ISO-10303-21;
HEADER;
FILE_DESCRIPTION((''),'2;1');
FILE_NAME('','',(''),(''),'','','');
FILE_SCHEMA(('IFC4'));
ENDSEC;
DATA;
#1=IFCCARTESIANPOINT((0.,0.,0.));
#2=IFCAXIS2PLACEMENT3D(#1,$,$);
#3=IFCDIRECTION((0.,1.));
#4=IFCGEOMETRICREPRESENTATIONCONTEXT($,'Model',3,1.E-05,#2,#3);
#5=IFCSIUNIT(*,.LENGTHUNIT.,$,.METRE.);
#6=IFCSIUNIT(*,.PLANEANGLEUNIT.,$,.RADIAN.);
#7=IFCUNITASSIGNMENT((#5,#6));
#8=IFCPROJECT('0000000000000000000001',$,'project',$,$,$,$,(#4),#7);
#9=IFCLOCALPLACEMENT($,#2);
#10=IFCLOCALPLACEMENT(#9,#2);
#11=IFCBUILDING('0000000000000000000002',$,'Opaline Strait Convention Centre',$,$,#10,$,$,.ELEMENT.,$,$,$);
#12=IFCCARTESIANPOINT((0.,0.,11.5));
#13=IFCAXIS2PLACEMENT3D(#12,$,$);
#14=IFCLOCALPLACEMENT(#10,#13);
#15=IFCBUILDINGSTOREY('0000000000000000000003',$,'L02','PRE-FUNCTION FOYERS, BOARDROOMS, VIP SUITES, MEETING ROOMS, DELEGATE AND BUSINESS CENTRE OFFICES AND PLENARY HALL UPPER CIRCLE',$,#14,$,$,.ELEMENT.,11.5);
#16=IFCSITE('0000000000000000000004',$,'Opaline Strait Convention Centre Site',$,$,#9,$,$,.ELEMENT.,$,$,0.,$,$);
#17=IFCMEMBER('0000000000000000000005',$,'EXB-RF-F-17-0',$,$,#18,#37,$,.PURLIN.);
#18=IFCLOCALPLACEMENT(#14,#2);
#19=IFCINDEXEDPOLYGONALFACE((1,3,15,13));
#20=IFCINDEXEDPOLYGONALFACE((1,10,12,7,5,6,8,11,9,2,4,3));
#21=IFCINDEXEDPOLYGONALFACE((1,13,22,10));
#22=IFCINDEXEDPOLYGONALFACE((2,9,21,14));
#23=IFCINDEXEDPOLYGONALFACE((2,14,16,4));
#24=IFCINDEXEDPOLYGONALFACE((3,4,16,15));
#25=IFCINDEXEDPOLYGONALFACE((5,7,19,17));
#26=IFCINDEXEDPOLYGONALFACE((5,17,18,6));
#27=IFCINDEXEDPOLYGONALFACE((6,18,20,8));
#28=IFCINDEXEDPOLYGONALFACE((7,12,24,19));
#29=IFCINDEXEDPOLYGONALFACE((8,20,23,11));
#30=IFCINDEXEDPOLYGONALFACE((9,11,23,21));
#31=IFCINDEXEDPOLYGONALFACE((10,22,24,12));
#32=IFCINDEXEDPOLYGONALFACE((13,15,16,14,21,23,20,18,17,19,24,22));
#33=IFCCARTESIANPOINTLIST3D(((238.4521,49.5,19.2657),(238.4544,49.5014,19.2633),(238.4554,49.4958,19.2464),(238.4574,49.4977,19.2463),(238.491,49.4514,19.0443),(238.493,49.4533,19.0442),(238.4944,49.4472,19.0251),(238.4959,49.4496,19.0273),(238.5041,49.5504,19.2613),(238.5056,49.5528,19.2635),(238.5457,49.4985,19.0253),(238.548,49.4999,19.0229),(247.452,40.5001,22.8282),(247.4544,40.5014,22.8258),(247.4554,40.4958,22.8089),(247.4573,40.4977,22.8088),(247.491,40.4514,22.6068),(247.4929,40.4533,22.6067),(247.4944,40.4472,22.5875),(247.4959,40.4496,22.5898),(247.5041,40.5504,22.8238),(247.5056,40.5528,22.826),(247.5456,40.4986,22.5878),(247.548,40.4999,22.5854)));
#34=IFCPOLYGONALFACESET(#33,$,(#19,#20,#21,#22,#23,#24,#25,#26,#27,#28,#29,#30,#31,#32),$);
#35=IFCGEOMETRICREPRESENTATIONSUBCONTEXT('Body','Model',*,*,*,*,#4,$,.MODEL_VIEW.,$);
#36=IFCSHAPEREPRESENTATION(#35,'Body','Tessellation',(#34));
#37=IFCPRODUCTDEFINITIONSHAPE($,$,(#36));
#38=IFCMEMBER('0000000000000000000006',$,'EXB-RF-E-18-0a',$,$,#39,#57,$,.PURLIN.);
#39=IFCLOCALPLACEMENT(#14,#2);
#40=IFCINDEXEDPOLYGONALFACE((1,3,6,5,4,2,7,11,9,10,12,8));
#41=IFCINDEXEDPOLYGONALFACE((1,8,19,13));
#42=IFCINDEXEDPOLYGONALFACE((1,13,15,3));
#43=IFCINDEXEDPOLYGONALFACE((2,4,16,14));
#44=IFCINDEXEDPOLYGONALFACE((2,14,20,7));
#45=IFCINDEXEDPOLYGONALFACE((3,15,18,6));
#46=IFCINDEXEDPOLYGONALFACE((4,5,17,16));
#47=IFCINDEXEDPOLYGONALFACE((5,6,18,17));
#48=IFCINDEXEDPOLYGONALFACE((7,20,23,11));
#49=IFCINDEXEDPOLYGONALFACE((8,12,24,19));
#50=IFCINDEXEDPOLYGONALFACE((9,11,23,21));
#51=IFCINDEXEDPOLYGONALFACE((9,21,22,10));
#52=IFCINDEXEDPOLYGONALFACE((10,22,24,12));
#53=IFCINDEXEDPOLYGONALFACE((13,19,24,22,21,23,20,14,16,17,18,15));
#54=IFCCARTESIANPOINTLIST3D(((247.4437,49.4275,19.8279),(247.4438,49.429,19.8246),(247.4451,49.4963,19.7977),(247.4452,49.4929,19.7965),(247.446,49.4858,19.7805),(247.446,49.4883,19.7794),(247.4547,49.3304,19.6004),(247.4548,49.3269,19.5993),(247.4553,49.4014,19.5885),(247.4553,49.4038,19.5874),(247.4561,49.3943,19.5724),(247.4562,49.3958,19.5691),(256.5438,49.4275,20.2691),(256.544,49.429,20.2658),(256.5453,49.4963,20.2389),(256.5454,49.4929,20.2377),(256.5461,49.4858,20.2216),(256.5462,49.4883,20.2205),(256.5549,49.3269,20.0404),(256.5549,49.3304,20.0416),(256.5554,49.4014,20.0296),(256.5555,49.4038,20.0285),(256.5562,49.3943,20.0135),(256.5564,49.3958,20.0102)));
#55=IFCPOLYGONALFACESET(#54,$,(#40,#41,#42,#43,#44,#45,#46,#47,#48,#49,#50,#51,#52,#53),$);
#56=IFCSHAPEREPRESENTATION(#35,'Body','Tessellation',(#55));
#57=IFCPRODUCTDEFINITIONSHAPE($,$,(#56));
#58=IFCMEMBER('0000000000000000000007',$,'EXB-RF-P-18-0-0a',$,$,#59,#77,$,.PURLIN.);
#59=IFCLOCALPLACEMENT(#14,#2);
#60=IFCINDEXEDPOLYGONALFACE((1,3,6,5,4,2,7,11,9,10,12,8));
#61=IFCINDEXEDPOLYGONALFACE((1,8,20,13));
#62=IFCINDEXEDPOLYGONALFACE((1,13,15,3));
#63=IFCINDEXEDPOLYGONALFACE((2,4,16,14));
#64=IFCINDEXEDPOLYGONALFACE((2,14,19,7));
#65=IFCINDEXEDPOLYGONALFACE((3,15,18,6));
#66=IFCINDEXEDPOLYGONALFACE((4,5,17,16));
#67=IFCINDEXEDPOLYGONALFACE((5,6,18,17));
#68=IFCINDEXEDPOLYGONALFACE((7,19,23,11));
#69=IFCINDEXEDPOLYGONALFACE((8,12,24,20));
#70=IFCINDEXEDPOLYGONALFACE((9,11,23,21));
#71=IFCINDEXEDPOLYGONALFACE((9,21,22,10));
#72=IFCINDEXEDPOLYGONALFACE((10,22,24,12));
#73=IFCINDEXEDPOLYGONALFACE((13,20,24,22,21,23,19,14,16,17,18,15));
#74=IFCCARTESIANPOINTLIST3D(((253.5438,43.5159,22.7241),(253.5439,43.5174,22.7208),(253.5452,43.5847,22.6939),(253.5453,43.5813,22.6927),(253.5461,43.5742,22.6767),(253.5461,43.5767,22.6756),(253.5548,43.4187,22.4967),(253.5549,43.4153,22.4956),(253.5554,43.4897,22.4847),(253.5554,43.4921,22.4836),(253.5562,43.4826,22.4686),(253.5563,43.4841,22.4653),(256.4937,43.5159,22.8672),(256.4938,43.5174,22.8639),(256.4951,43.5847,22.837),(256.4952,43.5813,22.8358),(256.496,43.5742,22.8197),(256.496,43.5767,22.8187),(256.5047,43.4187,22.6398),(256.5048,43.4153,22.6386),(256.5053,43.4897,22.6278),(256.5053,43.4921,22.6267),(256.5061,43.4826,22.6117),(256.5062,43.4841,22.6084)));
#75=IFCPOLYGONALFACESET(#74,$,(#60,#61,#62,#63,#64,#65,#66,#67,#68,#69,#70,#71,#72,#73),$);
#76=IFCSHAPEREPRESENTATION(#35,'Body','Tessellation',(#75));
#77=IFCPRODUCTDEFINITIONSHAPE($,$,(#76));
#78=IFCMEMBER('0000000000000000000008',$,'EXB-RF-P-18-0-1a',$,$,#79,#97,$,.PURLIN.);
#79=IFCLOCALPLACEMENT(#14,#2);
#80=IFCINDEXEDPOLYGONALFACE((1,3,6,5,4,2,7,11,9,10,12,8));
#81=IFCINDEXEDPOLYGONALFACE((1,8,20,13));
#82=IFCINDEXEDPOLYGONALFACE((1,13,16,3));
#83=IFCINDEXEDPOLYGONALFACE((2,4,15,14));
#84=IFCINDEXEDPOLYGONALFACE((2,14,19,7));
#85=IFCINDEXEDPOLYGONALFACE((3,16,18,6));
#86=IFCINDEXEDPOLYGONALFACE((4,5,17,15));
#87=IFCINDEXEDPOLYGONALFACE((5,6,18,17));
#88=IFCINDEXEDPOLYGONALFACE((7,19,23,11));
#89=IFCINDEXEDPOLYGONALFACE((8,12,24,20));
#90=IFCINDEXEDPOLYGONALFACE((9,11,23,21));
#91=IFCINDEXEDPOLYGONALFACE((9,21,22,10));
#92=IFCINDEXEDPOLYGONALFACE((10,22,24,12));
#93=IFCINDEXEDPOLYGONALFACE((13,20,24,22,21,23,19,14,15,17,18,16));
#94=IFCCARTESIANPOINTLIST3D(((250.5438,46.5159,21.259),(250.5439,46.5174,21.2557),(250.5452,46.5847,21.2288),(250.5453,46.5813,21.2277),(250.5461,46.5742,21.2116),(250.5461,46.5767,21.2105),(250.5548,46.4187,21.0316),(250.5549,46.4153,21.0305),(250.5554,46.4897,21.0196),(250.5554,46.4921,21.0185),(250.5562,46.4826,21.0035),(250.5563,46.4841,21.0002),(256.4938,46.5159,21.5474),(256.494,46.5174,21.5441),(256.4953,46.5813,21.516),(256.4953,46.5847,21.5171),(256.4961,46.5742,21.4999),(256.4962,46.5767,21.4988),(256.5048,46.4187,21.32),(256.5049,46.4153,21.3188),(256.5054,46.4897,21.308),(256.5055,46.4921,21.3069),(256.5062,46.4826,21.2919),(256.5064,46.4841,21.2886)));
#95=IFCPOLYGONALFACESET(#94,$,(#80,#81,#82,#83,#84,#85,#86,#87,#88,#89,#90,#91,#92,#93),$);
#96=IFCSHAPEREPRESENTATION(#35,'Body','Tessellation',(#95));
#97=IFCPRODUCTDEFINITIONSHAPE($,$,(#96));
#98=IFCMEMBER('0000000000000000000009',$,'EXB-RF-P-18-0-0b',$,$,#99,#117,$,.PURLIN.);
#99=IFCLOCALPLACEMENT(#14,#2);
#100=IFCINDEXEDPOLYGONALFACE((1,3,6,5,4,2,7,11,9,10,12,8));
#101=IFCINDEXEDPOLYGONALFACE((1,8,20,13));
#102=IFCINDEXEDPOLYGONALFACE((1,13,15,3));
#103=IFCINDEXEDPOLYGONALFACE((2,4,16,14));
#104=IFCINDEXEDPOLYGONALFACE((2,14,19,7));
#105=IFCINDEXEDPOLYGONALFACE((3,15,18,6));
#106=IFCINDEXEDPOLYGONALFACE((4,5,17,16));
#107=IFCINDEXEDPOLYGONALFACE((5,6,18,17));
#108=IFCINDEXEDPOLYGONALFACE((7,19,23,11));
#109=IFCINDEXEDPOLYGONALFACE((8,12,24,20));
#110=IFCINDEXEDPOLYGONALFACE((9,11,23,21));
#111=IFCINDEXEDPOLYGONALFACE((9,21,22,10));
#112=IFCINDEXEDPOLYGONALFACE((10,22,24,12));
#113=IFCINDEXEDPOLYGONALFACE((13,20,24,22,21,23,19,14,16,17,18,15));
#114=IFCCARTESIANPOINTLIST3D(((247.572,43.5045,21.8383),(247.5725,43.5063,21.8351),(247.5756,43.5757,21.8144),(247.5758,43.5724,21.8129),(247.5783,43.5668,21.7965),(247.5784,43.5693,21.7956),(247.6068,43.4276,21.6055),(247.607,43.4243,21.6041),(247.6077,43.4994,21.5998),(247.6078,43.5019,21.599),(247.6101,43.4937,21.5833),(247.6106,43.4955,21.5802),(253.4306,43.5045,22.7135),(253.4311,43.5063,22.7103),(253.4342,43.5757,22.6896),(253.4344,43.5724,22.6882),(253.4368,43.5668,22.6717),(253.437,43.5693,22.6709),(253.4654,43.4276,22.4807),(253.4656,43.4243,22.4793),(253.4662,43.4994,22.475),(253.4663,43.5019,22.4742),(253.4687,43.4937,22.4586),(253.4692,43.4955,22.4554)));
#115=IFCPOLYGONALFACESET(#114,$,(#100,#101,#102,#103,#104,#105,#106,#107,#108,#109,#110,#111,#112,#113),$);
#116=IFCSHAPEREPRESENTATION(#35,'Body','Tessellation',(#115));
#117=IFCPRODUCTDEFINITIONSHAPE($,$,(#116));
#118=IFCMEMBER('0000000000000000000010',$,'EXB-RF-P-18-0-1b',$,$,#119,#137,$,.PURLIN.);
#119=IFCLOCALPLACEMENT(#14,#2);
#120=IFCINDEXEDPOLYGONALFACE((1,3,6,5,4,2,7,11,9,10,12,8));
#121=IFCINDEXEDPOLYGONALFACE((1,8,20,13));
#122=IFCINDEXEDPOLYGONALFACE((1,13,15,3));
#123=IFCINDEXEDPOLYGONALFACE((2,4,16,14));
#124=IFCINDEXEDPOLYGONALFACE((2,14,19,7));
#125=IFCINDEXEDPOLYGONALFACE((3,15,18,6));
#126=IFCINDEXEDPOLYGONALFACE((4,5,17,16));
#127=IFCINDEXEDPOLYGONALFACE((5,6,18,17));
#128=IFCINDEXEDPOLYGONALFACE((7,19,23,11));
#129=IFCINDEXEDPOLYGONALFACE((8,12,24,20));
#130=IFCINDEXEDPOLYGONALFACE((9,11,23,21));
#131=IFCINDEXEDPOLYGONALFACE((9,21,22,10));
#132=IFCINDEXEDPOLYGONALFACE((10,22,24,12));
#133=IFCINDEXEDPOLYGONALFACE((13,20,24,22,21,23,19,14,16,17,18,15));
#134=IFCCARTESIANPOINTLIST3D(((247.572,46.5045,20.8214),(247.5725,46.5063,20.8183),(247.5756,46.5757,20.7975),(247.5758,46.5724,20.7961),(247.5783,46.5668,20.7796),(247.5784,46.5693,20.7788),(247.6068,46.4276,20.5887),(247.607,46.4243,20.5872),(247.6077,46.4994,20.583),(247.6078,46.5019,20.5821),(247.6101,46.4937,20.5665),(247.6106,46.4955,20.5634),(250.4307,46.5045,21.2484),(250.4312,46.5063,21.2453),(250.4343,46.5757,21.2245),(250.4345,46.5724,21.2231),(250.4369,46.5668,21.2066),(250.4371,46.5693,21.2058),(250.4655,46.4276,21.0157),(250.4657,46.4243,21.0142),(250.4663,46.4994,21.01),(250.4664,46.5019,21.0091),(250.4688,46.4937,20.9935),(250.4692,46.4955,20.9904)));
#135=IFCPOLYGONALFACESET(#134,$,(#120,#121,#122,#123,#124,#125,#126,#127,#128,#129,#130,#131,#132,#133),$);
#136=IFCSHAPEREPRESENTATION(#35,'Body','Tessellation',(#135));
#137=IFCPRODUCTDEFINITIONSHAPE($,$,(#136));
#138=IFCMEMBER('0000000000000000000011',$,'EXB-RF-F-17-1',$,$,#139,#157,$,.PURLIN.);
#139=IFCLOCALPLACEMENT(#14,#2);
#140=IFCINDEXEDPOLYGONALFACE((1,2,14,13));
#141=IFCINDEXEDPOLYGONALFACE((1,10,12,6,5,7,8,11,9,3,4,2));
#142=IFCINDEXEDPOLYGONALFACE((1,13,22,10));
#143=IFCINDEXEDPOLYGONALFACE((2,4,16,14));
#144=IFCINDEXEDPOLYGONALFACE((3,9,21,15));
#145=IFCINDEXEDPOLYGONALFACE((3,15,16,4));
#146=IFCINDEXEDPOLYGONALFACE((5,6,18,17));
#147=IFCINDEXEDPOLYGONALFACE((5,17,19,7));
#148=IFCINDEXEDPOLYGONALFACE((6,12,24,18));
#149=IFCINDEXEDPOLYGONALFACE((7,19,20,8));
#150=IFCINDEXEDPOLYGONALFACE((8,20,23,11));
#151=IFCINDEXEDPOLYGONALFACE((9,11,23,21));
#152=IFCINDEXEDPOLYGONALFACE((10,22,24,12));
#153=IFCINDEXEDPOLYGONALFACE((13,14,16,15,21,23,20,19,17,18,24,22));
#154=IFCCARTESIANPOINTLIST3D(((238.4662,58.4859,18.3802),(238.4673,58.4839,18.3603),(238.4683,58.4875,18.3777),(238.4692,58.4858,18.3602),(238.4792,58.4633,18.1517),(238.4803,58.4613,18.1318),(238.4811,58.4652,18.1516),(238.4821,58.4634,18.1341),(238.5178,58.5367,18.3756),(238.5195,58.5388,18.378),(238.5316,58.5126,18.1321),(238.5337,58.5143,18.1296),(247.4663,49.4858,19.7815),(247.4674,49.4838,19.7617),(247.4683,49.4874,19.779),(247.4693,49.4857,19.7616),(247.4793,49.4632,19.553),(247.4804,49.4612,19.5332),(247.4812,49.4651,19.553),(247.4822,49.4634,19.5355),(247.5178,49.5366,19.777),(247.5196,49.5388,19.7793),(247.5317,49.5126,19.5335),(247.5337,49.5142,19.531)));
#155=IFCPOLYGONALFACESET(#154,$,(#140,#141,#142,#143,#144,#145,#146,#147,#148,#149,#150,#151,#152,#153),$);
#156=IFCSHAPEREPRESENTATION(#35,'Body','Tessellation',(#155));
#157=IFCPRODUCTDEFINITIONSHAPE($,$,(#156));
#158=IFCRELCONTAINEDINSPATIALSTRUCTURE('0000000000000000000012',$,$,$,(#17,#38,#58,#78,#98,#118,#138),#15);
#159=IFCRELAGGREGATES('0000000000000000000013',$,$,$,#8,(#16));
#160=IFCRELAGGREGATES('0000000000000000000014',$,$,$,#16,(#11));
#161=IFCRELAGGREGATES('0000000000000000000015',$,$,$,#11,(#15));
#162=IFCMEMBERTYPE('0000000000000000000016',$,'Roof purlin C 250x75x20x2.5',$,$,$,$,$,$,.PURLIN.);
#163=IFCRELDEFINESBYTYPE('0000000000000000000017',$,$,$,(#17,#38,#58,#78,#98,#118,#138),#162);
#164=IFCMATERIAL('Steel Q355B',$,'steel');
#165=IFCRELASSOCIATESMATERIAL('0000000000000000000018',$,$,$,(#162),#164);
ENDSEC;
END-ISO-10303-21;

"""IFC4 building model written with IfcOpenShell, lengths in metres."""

from ifc_helpers import new_model, si_unit, direction, frame, origin, place, context, subcontext, project, spatial, polyline, outline, extrude, material, material_profile, profile_set, type_object, element, save


model = new_model("IFC4")

# Units and contexts
model_context = context("Model", 3, precision=1e-05, world=origin(), true_north=direction((0.0, 1.0)))
body_context = subcontext(model_context, "Body", "Model", "MODEL_VIEW")
ifc_project = project(units=[si_unit("LENGTHUNIT", "METRE"), si_unit("PLANEANGLEUNIT", "RADIAN")], contexts=[model_context])

# Site, building, storey
site_placement = place(None, origin())
site = spatial("IfcSite", under=ifc_project, at=site_placement, Name="Opaline Strait Convention Centre Site", CompositionType="ELEMENT", RefElevation=0.0)
building_placement = place(site_placement, origin())
building = spatial("IfcBuilding", under=site, at=building_placement, Name="Opaline Strait Convention Centre", CompositionType="ELEMENT")
storey_placement = place(building_placement, frame((0.0, 0.0, 11.5)))
storey = spatial("IfcBuildingStorey", under=building, at=storey_placement, Name="L02", Description="PRE-FUNCTION FOYERS, BOARDROOMS, VIP SUITES, MEETING ROOMS, DELEGATE AND BUSINESS CENTRE OFFICES AND PLENARY HALL UPPER CIRCLE", CompositionType="ELEMENT", Elevation=11.5)

# Members
ifc_material_1 = material(Name="Steel Q355B", Category="steel")
ifc_material_profile_1 = material_profile(ifc_material_1, outline(polyline([(-0.0376, -0.125), (0.0376, -0.125), (0.0376, -0.105), (0.0349, -0.105), (0.0349, -0.1226), (-0.0349, -0.1226), (-0.0349, 0.1226), (0.0349, 0.1226), (0.0349, 0.105), (0.0376, 0.105), (0.0376, 0.125), (-0.0376, 0.125), (-0.0376, -0.125)])), Name="C 250x75x20x2.5")
ifc_profile_set_1 = profile_set([ifc_material_profile_1], Name="Steel Q355B")
member_type_1 = type_object("IfcMemberType", Name="Roof purlin C 250x75x20x2.5", PredefinedType="PURLIN", material=ifc_profile_set_1)
member_1_placement = place(storey_placement, frame((247.5, 40.5, 22.7068), z_axis=(-0.680937, 0.680937, -0.269537), x_axis=(-0.712454, -0.701136, 0.028595)))
element("IfcMember", 1, at=member_1_placement, inside=storey, type_object=member_type_1, Name="EXB-RF-F-17-0", PredefinedType="PURLIN", context=body_context, shape_type="SweptSolid", body=[
    extrude(outline(polyline([(-0.0376, -0.125), (0.0376, -0.125), (0.0376, -0.105), (0.0349, -0.105), (0.0349, -0.1226), (-0.0349, -0.1226), (-0.0349, 0.1226), (0.0349, 0.1226), (0.0349, 0.105), (0.0376, 0.105), (0.0376, 0.125), (-0.0376, 0.125), (-0.0376, -0.125)])), origin(), (0.0, 0.0, 1.0), 13.217),
])
member_2_placement = place(storey_placement, frame((247.45, 49.4116, 19.6985), z_axis=(0.998827, 0.0, 0.048422), x_axis=(0.019477, 0.915533, -0.401772)))
element("IfcMember", 2, at=member_2_placement, inside=storey, type_object=member_type_1, Name="EXB-RF-E-18-0a", PredefinedType="PURLIN", context=body_context, shape_type="SweptSolid", body=[
    extrude(outline(polyline([(-0.0376, -0.125), (0.0376, -0.125), (0.0376, -0.105), (0.0349, -0.105), (0.0349, -0.1226), (-0.0349, -0.1226), (-0.0349, 0.1226), (0.0349, 0.1226), (0.0349, 0.105), (0.0376, 0.105), (0.0376, 0.125), (-0.0376, 0.125), (-0.0376, -0.125)])), origin(), (0.0, 0.0, 1.0), 9.1108),
])
member_3_placement = place(storey_placement, frame((253.55, 43.5, 22.5947), z_axis=(0.998826, 0.0, 0.048441), x_axis=(0.019504, 0.915359, -0.402167)))
element("IfcMember", 3, at=member_3_placement, inside=storey, type_object=member_type_1, Name="EXB-RF-P-18-0-0a", PredefinedType="PURLIN", context=body_context, shape_type="SweptSolid", body=[
    extrude(outline(polyline([(-0.0376, -0.125), (0.0376, -0.125), (0.0376, -0.105), (0.0349, -0.105), (0.0349, -0.1226), (-0.0349, -0.1226), (-0.0349, 0.1226), (0.0349, 0.1226), (0.0349, 0.105), (0.0376, 0.105), (0.0376, 0.125), (-0.0376, 0.125), (-0.0376, -0.125)])), origin(), (0.0, 0.0, 1.0), 2.9534),
])
member_4_placement = place(storey_placement, frame((250.55, 46.5, 21.1296), z_axis=(0.998828, 0.0, 0.048402), x_axis=(0.019489, 0.915359, -0.402168)))
element("IfcMember", 4, at=member_4_placement, inside=storey, type_object=member_type_1, Name="EXB-RF-P-18-0-1a", PredefinedType="PURLIN", context=body_context, shape_type="SweptSolid", body=[
    extrude(outline(polyline([(-0.0376, -0.125), (0.0376, -0.125), (0.0376, -0.105), (0.0349, -0.105), (0.0349, -0.1226), (-0.0349, -0.1226), (-0.0349, 0.1226), (0.0349, 0.1226), (0.0349, 0.105), (0.0376, 0.105), (0.0376, 0.125), (-0.0376, 0.125), (-0.0376, -0.125)])), origin(), (0.0, 0.0, 1.0), 5.957),
])
member_5_placement = place(storey_placement, frame((247.5913, 43.5, 21.7092), z_axis=(0.989024, 0.0, 0.147754), x_axis=(0.047431, 0.947074, -0.317491)))
element("IfcMember", 5, at=member_5_placement, inside=storey, type_object=member_type_1, Name="EXB-RF-P-18-0-0b", PredefinedType="PURLIN", context=body_context, shape_type="SweptSolid", body=[
    extrude(outline(polyline([(-0.0376, -0.125), (0.0376, -0.125), (0.0376, -0.105), (0.0349, -0.105), (0.0349, -0.1226), (-0.0349, -0.1226), (-0.0349, 0.1226), (0.0349, 0.1226), (0.0349, 0.105), (0.0376, 0.105), (0.0376, 0.125), (-0.0376, 0.125), (-0.0376, -0.125)])), origin(), (0.0, 0.0, 1.0), 5.9236),
])
member_6_placement = place(storey_placement, frame((247.5913, 46.5, 20.6924), z_axis=(0.989027, 0.0, 0.147733), x_axis=(0.047425, 0.947074, -0.317492)))
element("IfcMember", 6, at=member_6_placement, inside=storey, type_object=member_type_1, Name="EXB-RF-P-18-0-1b", PredefinedType="PURLIN", context=body_context, shape_type="SweptSolid", body=[
    extrude(outline(polyline([(-0.0376, -0.125), (0.0376, -0.125), (0.0376, -0.105), (0.0349, -0.105), (0.0349, -0.1226), (-0.0349, -0.1226), (-0.0349, 0.1226), (0.0349, 0.1226), (0.0349, 0.105), (0.0376, 0.105), (0.0376, 0.125), (-0.0376, 0.125), (-0.0376, -0.125)])), origin(), (0.0, 0.0, 1.0), 2.8904),
])
member_7_placement = place(storey_placement, frame((247.5, 49.5, 19.6562), z_axis=(-0.702859, 0.702859, -0.10944), x_axis=(-0.709082, -0.704516, 0.029329)))
element("IfcMember", 7, at=member_7_placement, inside=storey, type_object=member_type_1, Name="EXB-RF-F-17-1", PredefinedType="PURLIN", context=body_context, shape_type="SweptSolid", body=[
    extrude(outline(polyline([(-0.0376, -0.125), (0.0376, -0.125), (0.0376, -0.105), (0.0349, -0.105), (0.0349, -0.1226), (-0.0349, -0.1226), (-0.0349, 0.1226), (0.0349, 0.1226), (0.0349, 0.105), (0.0376, 0.105), (0.0376, 0.125), (-0.0376, 0.125), (-0.0376, -0.125)])), origin(), (0.0, 0.0, 1.0), 12.8049),
])

save(model, "model.ifc")
